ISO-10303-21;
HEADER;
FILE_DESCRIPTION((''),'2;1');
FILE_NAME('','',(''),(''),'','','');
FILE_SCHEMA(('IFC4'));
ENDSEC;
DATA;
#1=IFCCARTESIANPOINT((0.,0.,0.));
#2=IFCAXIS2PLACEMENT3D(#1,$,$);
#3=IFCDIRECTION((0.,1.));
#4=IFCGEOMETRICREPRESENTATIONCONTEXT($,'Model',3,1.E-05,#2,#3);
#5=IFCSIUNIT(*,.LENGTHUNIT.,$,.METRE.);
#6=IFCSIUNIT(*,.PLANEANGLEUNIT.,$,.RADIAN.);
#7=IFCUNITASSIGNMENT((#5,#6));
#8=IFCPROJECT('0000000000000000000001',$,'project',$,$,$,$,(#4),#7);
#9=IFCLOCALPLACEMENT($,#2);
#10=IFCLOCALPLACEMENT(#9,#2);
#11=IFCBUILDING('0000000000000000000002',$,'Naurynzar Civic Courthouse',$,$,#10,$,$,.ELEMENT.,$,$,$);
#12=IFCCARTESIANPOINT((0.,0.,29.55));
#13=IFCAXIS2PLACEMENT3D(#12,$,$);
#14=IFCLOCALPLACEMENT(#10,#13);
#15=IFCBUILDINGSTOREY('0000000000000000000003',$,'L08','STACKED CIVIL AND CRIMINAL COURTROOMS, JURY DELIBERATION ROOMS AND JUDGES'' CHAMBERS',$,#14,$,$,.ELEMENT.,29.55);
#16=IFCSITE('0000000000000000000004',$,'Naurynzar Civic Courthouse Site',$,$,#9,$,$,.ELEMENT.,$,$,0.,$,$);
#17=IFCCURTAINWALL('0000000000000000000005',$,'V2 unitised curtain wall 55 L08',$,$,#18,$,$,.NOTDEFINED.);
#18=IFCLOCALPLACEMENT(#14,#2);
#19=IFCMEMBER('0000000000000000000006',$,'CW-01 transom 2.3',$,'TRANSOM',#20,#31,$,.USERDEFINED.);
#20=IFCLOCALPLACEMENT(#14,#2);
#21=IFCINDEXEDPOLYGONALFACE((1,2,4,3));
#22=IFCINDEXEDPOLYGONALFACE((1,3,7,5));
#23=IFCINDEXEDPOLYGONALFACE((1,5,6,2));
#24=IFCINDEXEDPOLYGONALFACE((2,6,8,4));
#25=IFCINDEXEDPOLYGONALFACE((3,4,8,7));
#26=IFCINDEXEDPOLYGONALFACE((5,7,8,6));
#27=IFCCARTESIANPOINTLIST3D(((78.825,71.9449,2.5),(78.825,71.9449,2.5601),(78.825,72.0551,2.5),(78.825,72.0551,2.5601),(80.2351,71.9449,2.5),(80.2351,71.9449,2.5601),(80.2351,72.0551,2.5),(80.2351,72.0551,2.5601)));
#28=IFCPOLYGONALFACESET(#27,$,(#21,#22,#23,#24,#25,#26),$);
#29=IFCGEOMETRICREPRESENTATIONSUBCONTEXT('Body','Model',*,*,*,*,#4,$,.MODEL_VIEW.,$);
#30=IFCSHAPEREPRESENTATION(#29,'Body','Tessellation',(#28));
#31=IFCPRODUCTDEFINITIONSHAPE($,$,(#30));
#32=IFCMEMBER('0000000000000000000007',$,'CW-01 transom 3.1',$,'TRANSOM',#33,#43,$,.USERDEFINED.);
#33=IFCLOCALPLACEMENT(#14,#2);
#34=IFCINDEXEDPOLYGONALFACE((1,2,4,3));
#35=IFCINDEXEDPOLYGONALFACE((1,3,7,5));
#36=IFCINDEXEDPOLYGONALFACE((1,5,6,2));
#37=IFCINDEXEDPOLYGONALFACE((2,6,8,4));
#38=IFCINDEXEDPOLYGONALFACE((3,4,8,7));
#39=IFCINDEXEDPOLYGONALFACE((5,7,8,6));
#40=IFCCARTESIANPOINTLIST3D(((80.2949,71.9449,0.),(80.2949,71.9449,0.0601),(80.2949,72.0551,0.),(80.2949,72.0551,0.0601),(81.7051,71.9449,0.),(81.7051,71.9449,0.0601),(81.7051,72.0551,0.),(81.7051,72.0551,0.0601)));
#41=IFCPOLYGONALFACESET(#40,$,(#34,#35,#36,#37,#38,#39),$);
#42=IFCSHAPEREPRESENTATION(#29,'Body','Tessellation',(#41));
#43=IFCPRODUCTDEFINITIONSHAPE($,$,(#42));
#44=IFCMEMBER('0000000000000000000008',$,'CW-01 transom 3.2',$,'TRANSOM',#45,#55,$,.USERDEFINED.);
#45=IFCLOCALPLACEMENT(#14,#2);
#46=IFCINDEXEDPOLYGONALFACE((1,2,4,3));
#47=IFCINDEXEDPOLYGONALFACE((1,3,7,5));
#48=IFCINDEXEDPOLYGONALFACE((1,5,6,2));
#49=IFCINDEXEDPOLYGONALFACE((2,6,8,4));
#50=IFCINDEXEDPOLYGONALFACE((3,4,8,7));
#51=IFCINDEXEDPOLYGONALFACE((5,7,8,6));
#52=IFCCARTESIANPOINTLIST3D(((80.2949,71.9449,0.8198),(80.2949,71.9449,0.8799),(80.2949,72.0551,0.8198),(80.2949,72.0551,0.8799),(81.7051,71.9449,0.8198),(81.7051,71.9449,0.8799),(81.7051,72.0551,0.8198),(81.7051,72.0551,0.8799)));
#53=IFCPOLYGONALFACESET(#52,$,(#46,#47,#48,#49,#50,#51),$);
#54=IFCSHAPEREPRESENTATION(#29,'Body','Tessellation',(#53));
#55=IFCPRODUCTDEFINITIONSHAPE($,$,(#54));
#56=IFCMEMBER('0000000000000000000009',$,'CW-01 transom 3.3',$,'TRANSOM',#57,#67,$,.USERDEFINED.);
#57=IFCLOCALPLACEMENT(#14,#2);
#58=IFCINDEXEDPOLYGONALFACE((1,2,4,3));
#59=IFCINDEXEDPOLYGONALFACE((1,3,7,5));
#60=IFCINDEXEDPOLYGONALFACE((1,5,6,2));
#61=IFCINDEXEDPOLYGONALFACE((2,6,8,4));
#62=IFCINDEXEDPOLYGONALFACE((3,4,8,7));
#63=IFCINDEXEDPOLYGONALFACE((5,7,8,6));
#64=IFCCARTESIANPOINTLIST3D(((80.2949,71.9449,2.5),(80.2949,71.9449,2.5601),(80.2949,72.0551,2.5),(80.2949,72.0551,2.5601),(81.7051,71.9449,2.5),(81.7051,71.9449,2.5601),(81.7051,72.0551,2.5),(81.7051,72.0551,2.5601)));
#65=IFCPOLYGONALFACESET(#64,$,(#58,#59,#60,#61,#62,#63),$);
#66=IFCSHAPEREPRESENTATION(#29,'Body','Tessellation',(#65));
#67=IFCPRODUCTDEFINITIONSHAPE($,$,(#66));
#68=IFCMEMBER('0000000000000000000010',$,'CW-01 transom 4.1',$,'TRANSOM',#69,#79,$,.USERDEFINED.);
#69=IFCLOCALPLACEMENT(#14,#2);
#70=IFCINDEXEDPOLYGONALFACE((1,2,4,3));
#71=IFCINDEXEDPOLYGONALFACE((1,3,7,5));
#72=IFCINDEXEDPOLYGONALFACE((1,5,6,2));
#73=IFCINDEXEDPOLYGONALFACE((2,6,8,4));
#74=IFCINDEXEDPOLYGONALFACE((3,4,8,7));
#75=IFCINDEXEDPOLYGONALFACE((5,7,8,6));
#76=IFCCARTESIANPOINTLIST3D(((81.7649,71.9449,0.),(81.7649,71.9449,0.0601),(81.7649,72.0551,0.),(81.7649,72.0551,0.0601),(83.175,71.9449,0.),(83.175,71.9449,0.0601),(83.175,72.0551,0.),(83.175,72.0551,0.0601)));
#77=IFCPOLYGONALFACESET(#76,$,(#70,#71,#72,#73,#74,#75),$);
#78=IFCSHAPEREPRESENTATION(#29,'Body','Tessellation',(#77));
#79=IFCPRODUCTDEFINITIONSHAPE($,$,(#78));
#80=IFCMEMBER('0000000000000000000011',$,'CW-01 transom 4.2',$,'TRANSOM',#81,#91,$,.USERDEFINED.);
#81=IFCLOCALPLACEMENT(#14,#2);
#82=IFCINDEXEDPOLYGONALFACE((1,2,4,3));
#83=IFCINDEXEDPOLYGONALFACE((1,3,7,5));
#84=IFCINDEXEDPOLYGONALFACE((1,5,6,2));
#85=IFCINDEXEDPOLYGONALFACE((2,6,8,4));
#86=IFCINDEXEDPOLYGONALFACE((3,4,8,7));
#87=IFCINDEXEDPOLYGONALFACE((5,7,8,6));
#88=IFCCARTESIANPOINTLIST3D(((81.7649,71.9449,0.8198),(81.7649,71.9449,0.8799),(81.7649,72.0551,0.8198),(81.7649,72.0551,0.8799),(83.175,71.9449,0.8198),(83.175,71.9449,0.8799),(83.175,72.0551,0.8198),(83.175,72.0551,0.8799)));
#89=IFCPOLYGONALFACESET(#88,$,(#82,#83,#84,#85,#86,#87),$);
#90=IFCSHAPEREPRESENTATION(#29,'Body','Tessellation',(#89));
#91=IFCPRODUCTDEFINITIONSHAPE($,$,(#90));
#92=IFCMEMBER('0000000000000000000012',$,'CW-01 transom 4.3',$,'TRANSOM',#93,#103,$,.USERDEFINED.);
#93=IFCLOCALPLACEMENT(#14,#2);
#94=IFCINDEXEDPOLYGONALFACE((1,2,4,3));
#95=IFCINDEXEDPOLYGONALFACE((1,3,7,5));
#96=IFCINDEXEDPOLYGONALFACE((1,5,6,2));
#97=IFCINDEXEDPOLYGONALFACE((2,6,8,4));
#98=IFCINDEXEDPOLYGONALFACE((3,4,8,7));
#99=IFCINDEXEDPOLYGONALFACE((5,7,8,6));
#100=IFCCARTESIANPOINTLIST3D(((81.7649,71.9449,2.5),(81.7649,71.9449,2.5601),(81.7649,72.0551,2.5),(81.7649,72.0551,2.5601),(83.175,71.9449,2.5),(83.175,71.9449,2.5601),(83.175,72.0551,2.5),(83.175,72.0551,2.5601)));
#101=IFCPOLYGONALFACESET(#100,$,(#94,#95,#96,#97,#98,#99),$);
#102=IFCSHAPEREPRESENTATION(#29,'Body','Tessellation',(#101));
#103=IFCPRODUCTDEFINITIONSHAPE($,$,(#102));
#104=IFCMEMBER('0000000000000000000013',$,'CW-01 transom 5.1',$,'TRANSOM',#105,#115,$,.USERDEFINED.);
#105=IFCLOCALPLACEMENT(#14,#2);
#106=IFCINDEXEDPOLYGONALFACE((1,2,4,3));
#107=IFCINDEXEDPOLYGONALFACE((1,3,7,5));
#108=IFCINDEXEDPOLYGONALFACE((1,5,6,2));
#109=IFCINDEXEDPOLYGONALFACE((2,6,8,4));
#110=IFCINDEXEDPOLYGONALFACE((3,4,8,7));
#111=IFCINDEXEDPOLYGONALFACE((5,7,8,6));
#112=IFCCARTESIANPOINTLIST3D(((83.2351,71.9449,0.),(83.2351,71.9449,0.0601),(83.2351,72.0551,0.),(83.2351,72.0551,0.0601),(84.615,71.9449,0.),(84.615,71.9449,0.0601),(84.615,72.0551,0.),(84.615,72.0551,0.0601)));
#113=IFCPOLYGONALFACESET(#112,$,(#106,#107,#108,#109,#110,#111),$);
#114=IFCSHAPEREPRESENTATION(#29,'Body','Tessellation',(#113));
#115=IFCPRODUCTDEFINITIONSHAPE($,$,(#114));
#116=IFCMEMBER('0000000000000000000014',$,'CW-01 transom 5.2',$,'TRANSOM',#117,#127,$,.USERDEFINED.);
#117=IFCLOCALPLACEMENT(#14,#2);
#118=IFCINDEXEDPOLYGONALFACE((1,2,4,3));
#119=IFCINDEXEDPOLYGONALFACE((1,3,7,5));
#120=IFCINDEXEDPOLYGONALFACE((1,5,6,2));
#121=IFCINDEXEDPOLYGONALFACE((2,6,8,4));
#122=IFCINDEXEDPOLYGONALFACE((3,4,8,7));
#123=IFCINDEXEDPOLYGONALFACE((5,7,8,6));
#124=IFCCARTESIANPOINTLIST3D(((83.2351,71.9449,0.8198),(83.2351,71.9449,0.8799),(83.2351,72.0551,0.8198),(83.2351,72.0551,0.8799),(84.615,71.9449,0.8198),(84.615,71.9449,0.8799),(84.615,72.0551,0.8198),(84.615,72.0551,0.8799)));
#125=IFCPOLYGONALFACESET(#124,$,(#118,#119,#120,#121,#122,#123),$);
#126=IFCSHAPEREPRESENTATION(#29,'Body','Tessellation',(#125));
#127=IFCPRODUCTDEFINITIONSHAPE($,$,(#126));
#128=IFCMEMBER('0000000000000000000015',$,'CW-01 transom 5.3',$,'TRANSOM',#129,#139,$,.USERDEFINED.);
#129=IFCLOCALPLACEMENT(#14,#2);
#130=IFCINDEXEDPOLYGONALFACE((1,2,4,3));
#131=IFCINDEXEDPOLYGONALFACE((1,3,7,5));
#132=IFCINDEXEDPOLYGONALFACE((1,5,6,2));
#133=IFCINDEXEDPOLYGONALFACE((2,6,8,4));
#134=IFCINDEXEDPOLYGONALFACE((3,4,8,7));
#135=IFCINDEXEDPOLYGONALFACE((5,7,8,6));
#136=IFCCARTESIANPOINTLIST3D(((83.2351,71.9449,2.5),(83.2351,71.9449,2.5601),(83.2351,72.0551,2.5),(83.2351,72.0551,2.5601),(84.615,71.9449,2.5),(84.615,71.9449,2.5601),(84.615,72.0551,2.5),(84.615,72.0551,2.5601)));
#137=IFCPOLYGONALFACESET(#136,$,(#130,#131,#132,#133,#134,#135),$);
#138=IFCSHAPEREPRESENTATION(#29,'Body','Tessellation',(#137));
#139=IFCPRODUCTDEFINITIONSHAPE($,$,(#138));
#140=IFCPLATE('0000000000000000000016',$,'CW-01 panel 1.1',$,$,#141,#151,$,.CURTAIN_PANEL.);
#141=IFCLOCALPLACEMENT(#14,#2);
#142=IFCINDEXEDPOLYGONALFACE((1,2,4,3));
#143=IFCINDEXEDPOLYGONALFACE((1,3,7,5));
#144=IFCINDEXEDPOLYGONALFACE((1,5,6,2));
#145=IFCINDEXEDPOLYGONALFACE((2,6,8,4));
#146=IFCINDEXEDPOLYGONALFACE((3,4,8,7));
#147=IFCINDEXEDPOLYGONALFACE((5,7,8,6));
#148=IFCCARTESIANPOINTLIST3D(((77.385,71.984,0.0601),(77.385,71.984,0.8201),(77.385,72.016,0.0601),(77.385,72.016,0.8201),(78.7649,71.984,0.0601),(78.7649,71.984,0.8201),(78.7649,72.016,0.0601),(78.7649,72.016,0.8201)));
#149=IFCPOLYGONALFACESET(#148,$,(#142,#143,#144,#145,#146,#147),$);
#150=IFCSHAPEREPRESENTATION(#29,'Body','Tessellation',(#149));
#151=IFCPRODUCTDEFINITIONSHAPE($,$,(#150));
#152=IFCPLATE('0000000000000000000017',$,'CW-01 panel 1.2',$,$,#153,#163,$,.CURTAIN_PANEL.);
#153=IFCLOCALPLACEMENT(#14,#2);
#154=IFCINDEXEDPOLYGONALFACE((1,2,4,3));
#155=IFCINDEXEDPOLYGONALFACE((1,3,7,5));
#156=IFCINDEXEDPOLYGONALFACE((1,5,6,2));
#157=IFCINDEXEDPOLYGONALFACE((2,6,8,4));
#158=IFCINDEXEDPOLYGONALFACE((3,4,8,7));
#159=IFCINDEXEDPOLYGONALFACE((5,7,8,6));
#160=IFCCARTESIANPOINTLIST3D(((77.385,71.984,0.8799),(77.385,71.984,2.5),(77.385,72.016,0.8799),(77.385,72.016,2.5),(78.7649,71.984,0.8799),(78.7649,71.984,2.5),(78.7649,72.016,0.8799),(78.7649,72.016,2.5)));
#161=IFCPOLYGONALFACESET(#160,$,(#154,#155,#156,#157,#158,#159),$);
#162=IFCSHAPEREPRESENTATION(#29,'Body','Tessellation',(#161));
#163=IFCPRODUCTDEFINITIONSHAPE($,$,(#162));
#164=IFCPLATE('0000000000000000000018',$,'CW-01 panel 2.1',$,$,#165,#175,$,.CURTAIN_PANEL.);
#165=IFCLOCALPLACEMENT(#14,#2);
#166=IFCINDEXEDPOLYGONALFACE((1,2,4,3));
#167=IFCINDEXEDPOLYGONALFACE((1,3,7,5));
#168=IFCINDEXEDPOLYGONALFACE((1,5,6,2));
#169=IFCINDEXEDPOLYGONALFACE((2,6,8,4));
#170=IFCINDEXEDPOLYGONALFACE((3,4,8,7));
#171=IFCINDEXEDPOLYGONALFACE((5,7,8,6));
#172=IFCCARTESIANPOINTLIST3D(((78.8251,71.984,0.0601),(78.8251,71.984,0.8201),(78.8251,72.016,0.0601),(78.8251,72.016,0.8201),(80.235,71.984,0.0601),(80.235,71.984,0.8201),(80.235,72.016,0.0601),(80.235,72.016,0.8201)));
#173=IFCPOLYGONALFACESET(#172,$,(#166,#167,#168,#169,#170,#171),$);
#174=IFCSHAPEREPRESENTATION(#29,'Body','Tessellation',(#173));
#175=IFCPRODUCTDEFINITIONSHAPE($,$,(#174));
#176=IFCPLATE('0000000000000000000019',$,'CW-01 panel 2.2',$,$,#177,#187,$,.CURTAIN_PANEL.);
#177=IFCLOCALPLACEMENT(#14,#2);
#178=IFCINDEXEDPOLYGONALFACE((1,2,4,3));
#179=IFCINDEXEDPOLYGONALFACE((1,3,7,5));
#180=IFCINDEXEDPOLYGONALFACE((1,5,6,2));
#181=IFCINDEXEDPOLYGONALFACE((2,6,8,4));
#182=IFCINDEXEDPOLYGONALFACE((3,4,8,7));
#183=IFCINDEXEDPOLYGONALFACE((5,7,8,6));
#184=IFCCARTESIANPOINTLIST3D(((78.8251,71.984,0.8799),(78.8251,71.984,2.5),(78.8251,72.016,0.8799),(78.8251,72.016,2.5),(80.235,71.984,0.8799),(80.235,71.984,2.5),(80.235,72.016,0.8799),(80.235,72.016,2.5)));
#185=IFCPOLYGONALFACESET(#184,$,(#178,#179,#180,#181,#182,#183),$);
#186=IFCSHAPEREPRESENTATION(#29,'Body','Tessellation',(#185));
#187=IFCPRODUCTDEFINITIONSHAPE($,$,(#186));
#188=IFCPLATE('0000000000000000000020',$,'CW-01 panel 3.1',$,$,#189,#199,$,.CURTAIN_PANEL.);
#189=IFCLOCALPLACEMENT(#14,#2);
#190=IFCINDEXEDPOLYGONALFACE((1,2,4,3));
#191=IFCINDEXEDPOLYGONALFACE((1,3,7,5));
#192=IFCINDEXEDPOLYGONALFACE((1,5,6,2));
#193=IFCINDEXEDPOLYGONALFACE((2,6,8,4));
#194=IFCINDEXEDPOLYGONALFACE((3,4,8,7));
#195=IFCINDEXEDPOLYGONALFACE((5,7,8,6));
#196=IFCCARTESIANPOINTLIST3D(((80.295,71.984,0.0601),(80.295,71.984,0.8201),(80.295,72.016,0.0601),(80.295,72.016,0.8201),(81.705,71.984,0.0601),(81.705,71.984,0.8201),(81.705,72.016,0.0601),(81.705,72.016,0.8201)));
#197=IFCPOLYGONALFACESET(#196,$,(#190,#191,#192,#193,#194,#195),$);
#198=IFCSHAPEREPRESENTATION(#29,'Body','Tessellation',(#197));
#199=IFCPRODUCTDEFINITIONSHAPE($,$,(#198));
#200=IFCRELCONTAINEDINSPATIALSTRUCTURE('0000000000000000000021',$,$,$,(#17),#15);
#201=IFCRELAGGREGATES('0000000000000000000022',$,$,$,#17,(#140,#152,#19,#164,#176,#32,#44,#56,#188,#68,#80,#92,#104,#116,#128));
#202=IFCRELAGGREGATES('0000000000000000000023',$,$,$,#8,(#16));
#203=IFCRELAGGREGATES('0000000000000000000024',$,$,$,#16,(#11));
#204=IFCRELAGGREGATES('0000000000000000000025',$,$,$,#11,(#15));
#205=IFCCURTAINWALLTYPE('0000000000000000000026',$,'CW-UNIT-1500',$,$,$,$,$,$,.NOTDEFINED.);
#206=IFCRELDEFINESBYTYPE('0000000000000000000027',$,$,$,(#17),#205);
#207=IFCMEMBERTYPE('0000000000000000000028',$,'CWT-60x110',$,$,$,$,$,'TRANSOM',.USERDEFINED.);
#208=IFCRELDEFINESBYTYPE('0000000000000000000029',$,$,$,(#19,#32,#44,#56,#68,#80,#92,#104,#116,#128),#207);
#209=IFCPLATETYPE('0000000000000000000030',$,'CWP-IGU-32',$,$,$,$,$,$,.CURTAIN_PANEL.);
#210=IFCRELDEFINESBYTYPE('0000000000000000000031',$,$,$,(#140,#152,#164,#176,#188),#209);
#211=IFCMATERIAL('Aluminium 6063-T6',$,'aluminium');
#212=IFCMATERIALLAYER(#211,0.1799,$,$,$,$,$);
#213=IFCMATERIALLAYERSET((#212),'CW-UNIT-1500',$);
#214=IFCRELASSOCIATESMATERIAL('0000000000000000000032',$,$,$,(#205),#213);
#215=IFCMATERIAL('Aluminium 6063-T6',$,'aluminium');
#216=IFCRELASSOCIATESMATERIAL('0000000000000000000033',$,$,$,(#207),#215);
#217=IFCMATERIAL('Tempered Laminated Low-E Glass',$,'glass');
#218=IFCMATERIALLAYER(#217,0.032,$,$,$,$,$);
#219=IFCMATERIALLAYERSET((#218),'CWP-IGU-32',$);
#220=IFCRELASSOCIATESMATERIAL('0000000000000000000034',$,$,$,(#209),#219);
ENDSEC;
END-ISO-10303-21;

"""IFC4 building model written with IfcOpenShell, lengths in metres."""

from ifc_helpers import new_model, si_unit, direction, frame, origin, origin_2d, place, context, subcontext, project, spatial, rectangle, extrude, material, layer, layer_set, material_profile, profile_set, type_object, element, aggregate, save


model = new_model("IFC4")

# Units and contexts
model_context = context("Model", 3, precision=1e-05, world=origin(), true_north=direction((0.0, 1.0)))
body_context = subcontext(model_context, "Body", "Model", "MODEL_VIEW")
ifc_project = project(units=[si_unit("LENGTHUNIT", "METRE"), si_unit("PLANEANGLEUNIT", "RADIAN")], contexts=[model_context])

# Site, building, storey
site_placement = place(None, origin())
site = spatial("IfcSite", under=ifc_project, at=site_placement, Name="Naurynzar Civic Courthouse Site", CompositionType="ELEMENT", RefElevation=0.0)
building_placement = place(site_placement, origin())
building = spatial("IfcBuilding", under=site, at=building_placement, Name="Naurynzar Civic Courthouse", CompositionType="ELEMENT")
storey_placement = place(building_placement, frame((0.0, 0.0, 29.55)))
storey = spatial("IfcBuildingStorey", under=building, at=storey_placement, Name="L08", Description="STACKED CIVIL AND CRIMINAL COURTROOMS, JURY DELIBERATION ROOMS AND JUDGES' CHAMBERS", CompositionType="ELEMENT", Elevation=29.55)

# Curtain wall, members, plates
ifc_material_1 = material(Name="Aluminium 6063-T6", Category="aluminium")
ifc_layer_1 = layer(ifc_material_1, 0.1799)
ifc_layer_set_1 = layer_set([ifc_layer_1], Name="CW-UNIT-1500")
curtain_wall_type = type_object("IfcCurtainWallType", Name="CW-UNIT-1500", PredefinedType="NOTDEFINED", material=ifc_layer_set_1)
curtain_wall_placement = place(storey_placement, origin())
curtain_wall = element("IfcCurtainWall", 1, at=curtain_wall_placement, inside=storey, type_object=curtain_wall_type, Name="V2 unitised curtain wall 55 L08", PredefinedType="NOTDEFINED")
ifc_material_2 = material(Name="Aluminium 6063-T6", Category="aluminium")
ifc_material_profile_1 = material_profile(ifc_material_2, rectangle(XDim=0.1101, YDim=0.0601, at=origin_2d()), Name="ALU TRANSOM 60x110")
ifc_profile_set_1 = profile_set([ifc_material_profile_1], Name="Aluminium 6063-T6")
member_type_1 = type_object("IfcMemberType", Name="CWT-60x110", ElementType="TRANSOM", PredefinedType="USERDEFINED", material=ifc_profile_set_1)
member_1_placement = place(storey_placement, frame((78.825, 72.0, 2.53), z_axis=(1.0, 0.0, 0.0), x_axis=(0.0, 1.0, 0.0)))
member_1 = element("IfcMember", 2, at=member_1_placement, type_object=member_type_1, Name="CW-01 transom 2.3", ObjectType="TRANSOM", PredefinedType="USERDEFINED", context=body_context, shape_type="SweptSolid", body=[
    extrude(rectangle(XDim=0.1101, YDim=0.0601, at=origin_2d()), origin(), (0.0, 0.0, 1.0), 1.4102),
])
member_2_placement = place(storey_placement, frame((80.2949, 72.0, 0.03), z_axis=(1.0, 0.0, 0.0), x_axis=(0.0, 1.0, 0.0)))
member_2 = element("IfcMember", 3, at=member_2_placement, type_object=member_type_1, Name="CW-01 transom 3.1", ObjectType="TRANSOM", PredefinedType="USERDEFINED", context=body_context, shape_type="SweptSolid", body=[
    extrude(rectangle(XDim=0.1101, YDim=0.0601, at=origin_2d()), origin(), (0.0, 0.0, 1.0), 1.4102),
])
member_3_placement = place(storey_placement, frame((80.2949, 72.0, 0.8499), z_axis=(1.0, 0.0, 0.0), x_axis=(0.0, 1.0, 0.0)))
member_3 = element("IfcMember", 4, at=member_3_placement, type_object=member_type_1, Name="CW-01 transom 3.2", ObjectType="TRANSOM", PredefinedType="USERDEFINED", context=body_context, shape_type="SweptSolid", body=[
    extrude(rectangle(XDim=0.1101, YDim=0.0601, at=origin_2d()), origin(), (0.0, 0.0, 1.0), 1.4102),
])
member_4_placement = place(storey_placement, frame((80.2949, 72.0, 2.53), z_axis=(1.0, 0.0, 0.0), x_axis=(0.0, 1.0, 0.0)))
member_4 = element("IfcMember", 5, at=member_4_placement, type_object=member_type_1, Name="CW-01 transom 3.3", ObjectType="TRANSOM", PredefinedType="USERDEFINED", context=body_context, shape_type="SweptSolid", body=[
    extrude(rectangle(XDim=0.1101, YDim=0.0601, at=origin_2d()), origin(), (0.0, 0.0, 1.0), 1.4102),
])
member_5_placement = place(storey_placement, frame((81.7649, 72.0, 0.03), z_axis=(1.0, 0.0, 0.0), x_axis=(0.0, 1.0, 0.0)))
member_5 = element("IfcMember", 6, at=member_5_placement, type_object=member_type_1, Name="CW-01 transom 4.1", ObjectType="TRANSOM", PredefinedType="USERDEFINED", context=body_context, shape_type="SweptSolid", body=[
    extrude(rectangle(XDim=0.1101, YDim=0.0601, at=origin_2d()), origin(), (0.0, 0.0, 1.0), 1.4102),
])
member_6_placement = place(storey_placement, frame((81.7649, 72.0, 0.8499), z_axis=(1.0, 0.0, 0.0), x_axis=(0.0, 1.0, 0.0)))
member_6 = element("IfcMember", 7, at=member_6_placement, type_object=member_type_1, Name="CW-01 transom 4.2", ObjectType="TRANSOM", PredefinedType="USERDEFINED", context=body_context, shape_type="SweptSolid", body=[
    extrude(rectangle(XDim=0.1101, YDim=0.0601, at=origin_2d()), origin(), (0.0, 0.0, 1.0), 1.4102),
])
member_7_placement = place(storey_placement, frame((81.7649, 72.0, 2.53), z_axis=(1.0, 0.0, 0.0), x_axis=(0.0, 1.0, 0.0)))
member_7 = element("IfcMember", 8, at=member_7_placement, type_object=member_type_1, Name="CW-01 transom 4.3", ObjectType="TRANSOM", PredefinedType="USERDEFINED", context=body_context, shape_type="SweptSolid", body=[
    extrude(rectangle(XDim=0.1101, YDim=0.0601, at=origin_2d()), origin(), (0.0, 0.0, 1.0), 1.4102),
])
member_8_placement = place(storey_placement, frame((83.2351, 72.0, 0.03), z_axis=(1.0, 0.0, 0.0), x_axis=(0.0, 1.0, 0.0)))
member_8 = element("IfcMember", 9, at=member_8_placement, type_object=member_type_1, Name="CW-01 transom 5.1", ObjectType="TRANSOM", PredefinedType="USERDEFINED", context=body_context, shape_type="SweptSolid", body=[
    extrude(rectangle(XDim=0.1101, YDim=0.0601, at=origin_2d()), origin(), (0.0, 0.0, 1.0), 1.3799),
])
member_9_placement = place(storey_placement, frame((83.2351, 72.0, 0.8499), z_axis=(1.0, 0.0, 0.0), x_axis=(0.0, 1.0, 0.0)))
member_9 = element("IfcMember", 10, at=member_9_placement, type_object=member_type_1, Name="CW-01 transom 5.2", ObjectType="TRANSOM", PredefinedType="USERDEFINED", context=body_context, shape_type="SweptSolid", body=[
    extrude(rectangle(XDim=0.1101, YDim=0.0601, at=origin_2d()), origin(), (0.0, 0.0, 1.0), 1.3799),
])
member_10_placement = place(storey_placement, frame((83.2351, 72.0, 2.53), z_axis=(1.0, 0.0, 0.0), x_axis=(0.0, 1.0, 0.0)))
member_10 = element("IfcMember", 11, at=member_10_placement, type_object=member_type_1, Name="CW-01 transom 5.3", ObjectType="TRANSOM", PredefinedType="USERDEFINED", context=body_context, shape_type="SweptSolid", body=[
    extrude(rectangle(XDim=0.1101, YDim=0.0601, at=origin_2d()), origin(), (0.0, 0.0, 1.0), 1.3799),
])
ifc_material_3 = material(Name="Tempered Laminated Low-E Glass", Category="glass")
ifc_layer_2 = layer(ifc_material_3, 0.032)
ifc_layer_set_2 = layer_set([ifc_layer_2], Name="CWP-IGU-32")
plate_type = type_object("IfcPlateType", Name="CWP-IGU-32", PredefinedType="CURTAIN_PANEL", material=ifc_layer_set_2)
plate_1_placement = place(storey_placement, frame((78.075, 72.0, 0.0601), z_axis=(0.0, 0.0, 1.0), x_axis=(1.0, 0.0, 0.0)))
plate_1 = element("IfcPlate", 12, at=plate_1_placement, type_object=plate_type, Name="CW-01 panel 1.1", PredefinedType="CURTAIN_PANEL", context=body_context, shape_type="SweptSolid", body=[
    extrude(rectangle(XDim=1.3799, YDim=0.032, at=origin_2d()), origin(), (0.0, 0.0, 1.0), 0.76),
])
plate_2_placement = place(storey_placement, frame((78.075, 72.0, 0.8799), z_axis=(0.0, 0.0, 1.0), x_axis=(1.0, 0.0, 0.0)))
plate_2 = element("IfcPlate", 13, at=plate_2_placement, type_object=plate_type, Name="CW-01 panel 1.2", PredefinedType="CURTAIN_PANEL", context=body_context, shape_type="SweptSolid", body=[
    extrude(rectangle(XDim=1.3799, YDim=0.032, at=origin_2d()), origin(), (0.0, 0.0, 1.0), 1.6201),
])
plate_3_placement = place(storey_placement, frame((79.53, 72.0, 0.0601), z_axis=(0.0, 0.0, 1.0), x_axis=(1.0, 0.0, 0.0)))
plate_3 = element("IfcPlate", 14, at=plate_3_placement, type_object=plate_type, Name="CW-01 panel 2.1", PredefinedType="CURTAIN_PANEL", context=body_context, shape_type="SweptSolid", body=[
    extrude(rectangle(XDim=1.4099, YDim=0.032, at=origin_2d()), origin(), (0.0, 0.0, 1.0), 0.76),
])
plate_4_placement = place(storey_placement, frame((79.53, 72.0, 0.8799), z_axis=(0.0, 0.0, 1.0), x_axis=(1.0, 0.0, 0.0)))
plate_4 = element("IfcPlate", 15, at=plate_4_placement, type_object=plate_type, Name="CW-01 panel 2.2", PredefinedType="CURTAIN_PANEL", context=body_context, shape_type="SweptSolid", body=[
    extrude(rectangle(XDim=1.4099, YDim=0.032, at=origin_2d()), origin(), (0.0, 0.0, 1.0), 1.6201),
])
plate_5_placement = place(storey_placement, frame((81.0, 72.0, 0.0601), z_axis=(0.0, 0.0, 1.0), x_axis=(1.0, 0.0, 0.0)))
plate_5 = element("IfcPlate", 16, at=plate_5_placement, type_object=plate_type, Name="CW-01 panel 3.1", PredefinedType="CURTAIN_PANEL", context=body_context, shape_type="SweptSolid", body=[
    extrude(rectangle(XDim=1.4099, YDim=0.032, at=origin_2d()), origin(), (0.0, 0.0, 1.0), 0.76),
])
aggregate(curtain_wall, [plate_1, plate_2, member_1, plate_3, plate_4, member_2, member_3, member_4, plate_5, member_5, member_6, member_7, member_8, member_9, member_10])

save(model, "model.ifc")
